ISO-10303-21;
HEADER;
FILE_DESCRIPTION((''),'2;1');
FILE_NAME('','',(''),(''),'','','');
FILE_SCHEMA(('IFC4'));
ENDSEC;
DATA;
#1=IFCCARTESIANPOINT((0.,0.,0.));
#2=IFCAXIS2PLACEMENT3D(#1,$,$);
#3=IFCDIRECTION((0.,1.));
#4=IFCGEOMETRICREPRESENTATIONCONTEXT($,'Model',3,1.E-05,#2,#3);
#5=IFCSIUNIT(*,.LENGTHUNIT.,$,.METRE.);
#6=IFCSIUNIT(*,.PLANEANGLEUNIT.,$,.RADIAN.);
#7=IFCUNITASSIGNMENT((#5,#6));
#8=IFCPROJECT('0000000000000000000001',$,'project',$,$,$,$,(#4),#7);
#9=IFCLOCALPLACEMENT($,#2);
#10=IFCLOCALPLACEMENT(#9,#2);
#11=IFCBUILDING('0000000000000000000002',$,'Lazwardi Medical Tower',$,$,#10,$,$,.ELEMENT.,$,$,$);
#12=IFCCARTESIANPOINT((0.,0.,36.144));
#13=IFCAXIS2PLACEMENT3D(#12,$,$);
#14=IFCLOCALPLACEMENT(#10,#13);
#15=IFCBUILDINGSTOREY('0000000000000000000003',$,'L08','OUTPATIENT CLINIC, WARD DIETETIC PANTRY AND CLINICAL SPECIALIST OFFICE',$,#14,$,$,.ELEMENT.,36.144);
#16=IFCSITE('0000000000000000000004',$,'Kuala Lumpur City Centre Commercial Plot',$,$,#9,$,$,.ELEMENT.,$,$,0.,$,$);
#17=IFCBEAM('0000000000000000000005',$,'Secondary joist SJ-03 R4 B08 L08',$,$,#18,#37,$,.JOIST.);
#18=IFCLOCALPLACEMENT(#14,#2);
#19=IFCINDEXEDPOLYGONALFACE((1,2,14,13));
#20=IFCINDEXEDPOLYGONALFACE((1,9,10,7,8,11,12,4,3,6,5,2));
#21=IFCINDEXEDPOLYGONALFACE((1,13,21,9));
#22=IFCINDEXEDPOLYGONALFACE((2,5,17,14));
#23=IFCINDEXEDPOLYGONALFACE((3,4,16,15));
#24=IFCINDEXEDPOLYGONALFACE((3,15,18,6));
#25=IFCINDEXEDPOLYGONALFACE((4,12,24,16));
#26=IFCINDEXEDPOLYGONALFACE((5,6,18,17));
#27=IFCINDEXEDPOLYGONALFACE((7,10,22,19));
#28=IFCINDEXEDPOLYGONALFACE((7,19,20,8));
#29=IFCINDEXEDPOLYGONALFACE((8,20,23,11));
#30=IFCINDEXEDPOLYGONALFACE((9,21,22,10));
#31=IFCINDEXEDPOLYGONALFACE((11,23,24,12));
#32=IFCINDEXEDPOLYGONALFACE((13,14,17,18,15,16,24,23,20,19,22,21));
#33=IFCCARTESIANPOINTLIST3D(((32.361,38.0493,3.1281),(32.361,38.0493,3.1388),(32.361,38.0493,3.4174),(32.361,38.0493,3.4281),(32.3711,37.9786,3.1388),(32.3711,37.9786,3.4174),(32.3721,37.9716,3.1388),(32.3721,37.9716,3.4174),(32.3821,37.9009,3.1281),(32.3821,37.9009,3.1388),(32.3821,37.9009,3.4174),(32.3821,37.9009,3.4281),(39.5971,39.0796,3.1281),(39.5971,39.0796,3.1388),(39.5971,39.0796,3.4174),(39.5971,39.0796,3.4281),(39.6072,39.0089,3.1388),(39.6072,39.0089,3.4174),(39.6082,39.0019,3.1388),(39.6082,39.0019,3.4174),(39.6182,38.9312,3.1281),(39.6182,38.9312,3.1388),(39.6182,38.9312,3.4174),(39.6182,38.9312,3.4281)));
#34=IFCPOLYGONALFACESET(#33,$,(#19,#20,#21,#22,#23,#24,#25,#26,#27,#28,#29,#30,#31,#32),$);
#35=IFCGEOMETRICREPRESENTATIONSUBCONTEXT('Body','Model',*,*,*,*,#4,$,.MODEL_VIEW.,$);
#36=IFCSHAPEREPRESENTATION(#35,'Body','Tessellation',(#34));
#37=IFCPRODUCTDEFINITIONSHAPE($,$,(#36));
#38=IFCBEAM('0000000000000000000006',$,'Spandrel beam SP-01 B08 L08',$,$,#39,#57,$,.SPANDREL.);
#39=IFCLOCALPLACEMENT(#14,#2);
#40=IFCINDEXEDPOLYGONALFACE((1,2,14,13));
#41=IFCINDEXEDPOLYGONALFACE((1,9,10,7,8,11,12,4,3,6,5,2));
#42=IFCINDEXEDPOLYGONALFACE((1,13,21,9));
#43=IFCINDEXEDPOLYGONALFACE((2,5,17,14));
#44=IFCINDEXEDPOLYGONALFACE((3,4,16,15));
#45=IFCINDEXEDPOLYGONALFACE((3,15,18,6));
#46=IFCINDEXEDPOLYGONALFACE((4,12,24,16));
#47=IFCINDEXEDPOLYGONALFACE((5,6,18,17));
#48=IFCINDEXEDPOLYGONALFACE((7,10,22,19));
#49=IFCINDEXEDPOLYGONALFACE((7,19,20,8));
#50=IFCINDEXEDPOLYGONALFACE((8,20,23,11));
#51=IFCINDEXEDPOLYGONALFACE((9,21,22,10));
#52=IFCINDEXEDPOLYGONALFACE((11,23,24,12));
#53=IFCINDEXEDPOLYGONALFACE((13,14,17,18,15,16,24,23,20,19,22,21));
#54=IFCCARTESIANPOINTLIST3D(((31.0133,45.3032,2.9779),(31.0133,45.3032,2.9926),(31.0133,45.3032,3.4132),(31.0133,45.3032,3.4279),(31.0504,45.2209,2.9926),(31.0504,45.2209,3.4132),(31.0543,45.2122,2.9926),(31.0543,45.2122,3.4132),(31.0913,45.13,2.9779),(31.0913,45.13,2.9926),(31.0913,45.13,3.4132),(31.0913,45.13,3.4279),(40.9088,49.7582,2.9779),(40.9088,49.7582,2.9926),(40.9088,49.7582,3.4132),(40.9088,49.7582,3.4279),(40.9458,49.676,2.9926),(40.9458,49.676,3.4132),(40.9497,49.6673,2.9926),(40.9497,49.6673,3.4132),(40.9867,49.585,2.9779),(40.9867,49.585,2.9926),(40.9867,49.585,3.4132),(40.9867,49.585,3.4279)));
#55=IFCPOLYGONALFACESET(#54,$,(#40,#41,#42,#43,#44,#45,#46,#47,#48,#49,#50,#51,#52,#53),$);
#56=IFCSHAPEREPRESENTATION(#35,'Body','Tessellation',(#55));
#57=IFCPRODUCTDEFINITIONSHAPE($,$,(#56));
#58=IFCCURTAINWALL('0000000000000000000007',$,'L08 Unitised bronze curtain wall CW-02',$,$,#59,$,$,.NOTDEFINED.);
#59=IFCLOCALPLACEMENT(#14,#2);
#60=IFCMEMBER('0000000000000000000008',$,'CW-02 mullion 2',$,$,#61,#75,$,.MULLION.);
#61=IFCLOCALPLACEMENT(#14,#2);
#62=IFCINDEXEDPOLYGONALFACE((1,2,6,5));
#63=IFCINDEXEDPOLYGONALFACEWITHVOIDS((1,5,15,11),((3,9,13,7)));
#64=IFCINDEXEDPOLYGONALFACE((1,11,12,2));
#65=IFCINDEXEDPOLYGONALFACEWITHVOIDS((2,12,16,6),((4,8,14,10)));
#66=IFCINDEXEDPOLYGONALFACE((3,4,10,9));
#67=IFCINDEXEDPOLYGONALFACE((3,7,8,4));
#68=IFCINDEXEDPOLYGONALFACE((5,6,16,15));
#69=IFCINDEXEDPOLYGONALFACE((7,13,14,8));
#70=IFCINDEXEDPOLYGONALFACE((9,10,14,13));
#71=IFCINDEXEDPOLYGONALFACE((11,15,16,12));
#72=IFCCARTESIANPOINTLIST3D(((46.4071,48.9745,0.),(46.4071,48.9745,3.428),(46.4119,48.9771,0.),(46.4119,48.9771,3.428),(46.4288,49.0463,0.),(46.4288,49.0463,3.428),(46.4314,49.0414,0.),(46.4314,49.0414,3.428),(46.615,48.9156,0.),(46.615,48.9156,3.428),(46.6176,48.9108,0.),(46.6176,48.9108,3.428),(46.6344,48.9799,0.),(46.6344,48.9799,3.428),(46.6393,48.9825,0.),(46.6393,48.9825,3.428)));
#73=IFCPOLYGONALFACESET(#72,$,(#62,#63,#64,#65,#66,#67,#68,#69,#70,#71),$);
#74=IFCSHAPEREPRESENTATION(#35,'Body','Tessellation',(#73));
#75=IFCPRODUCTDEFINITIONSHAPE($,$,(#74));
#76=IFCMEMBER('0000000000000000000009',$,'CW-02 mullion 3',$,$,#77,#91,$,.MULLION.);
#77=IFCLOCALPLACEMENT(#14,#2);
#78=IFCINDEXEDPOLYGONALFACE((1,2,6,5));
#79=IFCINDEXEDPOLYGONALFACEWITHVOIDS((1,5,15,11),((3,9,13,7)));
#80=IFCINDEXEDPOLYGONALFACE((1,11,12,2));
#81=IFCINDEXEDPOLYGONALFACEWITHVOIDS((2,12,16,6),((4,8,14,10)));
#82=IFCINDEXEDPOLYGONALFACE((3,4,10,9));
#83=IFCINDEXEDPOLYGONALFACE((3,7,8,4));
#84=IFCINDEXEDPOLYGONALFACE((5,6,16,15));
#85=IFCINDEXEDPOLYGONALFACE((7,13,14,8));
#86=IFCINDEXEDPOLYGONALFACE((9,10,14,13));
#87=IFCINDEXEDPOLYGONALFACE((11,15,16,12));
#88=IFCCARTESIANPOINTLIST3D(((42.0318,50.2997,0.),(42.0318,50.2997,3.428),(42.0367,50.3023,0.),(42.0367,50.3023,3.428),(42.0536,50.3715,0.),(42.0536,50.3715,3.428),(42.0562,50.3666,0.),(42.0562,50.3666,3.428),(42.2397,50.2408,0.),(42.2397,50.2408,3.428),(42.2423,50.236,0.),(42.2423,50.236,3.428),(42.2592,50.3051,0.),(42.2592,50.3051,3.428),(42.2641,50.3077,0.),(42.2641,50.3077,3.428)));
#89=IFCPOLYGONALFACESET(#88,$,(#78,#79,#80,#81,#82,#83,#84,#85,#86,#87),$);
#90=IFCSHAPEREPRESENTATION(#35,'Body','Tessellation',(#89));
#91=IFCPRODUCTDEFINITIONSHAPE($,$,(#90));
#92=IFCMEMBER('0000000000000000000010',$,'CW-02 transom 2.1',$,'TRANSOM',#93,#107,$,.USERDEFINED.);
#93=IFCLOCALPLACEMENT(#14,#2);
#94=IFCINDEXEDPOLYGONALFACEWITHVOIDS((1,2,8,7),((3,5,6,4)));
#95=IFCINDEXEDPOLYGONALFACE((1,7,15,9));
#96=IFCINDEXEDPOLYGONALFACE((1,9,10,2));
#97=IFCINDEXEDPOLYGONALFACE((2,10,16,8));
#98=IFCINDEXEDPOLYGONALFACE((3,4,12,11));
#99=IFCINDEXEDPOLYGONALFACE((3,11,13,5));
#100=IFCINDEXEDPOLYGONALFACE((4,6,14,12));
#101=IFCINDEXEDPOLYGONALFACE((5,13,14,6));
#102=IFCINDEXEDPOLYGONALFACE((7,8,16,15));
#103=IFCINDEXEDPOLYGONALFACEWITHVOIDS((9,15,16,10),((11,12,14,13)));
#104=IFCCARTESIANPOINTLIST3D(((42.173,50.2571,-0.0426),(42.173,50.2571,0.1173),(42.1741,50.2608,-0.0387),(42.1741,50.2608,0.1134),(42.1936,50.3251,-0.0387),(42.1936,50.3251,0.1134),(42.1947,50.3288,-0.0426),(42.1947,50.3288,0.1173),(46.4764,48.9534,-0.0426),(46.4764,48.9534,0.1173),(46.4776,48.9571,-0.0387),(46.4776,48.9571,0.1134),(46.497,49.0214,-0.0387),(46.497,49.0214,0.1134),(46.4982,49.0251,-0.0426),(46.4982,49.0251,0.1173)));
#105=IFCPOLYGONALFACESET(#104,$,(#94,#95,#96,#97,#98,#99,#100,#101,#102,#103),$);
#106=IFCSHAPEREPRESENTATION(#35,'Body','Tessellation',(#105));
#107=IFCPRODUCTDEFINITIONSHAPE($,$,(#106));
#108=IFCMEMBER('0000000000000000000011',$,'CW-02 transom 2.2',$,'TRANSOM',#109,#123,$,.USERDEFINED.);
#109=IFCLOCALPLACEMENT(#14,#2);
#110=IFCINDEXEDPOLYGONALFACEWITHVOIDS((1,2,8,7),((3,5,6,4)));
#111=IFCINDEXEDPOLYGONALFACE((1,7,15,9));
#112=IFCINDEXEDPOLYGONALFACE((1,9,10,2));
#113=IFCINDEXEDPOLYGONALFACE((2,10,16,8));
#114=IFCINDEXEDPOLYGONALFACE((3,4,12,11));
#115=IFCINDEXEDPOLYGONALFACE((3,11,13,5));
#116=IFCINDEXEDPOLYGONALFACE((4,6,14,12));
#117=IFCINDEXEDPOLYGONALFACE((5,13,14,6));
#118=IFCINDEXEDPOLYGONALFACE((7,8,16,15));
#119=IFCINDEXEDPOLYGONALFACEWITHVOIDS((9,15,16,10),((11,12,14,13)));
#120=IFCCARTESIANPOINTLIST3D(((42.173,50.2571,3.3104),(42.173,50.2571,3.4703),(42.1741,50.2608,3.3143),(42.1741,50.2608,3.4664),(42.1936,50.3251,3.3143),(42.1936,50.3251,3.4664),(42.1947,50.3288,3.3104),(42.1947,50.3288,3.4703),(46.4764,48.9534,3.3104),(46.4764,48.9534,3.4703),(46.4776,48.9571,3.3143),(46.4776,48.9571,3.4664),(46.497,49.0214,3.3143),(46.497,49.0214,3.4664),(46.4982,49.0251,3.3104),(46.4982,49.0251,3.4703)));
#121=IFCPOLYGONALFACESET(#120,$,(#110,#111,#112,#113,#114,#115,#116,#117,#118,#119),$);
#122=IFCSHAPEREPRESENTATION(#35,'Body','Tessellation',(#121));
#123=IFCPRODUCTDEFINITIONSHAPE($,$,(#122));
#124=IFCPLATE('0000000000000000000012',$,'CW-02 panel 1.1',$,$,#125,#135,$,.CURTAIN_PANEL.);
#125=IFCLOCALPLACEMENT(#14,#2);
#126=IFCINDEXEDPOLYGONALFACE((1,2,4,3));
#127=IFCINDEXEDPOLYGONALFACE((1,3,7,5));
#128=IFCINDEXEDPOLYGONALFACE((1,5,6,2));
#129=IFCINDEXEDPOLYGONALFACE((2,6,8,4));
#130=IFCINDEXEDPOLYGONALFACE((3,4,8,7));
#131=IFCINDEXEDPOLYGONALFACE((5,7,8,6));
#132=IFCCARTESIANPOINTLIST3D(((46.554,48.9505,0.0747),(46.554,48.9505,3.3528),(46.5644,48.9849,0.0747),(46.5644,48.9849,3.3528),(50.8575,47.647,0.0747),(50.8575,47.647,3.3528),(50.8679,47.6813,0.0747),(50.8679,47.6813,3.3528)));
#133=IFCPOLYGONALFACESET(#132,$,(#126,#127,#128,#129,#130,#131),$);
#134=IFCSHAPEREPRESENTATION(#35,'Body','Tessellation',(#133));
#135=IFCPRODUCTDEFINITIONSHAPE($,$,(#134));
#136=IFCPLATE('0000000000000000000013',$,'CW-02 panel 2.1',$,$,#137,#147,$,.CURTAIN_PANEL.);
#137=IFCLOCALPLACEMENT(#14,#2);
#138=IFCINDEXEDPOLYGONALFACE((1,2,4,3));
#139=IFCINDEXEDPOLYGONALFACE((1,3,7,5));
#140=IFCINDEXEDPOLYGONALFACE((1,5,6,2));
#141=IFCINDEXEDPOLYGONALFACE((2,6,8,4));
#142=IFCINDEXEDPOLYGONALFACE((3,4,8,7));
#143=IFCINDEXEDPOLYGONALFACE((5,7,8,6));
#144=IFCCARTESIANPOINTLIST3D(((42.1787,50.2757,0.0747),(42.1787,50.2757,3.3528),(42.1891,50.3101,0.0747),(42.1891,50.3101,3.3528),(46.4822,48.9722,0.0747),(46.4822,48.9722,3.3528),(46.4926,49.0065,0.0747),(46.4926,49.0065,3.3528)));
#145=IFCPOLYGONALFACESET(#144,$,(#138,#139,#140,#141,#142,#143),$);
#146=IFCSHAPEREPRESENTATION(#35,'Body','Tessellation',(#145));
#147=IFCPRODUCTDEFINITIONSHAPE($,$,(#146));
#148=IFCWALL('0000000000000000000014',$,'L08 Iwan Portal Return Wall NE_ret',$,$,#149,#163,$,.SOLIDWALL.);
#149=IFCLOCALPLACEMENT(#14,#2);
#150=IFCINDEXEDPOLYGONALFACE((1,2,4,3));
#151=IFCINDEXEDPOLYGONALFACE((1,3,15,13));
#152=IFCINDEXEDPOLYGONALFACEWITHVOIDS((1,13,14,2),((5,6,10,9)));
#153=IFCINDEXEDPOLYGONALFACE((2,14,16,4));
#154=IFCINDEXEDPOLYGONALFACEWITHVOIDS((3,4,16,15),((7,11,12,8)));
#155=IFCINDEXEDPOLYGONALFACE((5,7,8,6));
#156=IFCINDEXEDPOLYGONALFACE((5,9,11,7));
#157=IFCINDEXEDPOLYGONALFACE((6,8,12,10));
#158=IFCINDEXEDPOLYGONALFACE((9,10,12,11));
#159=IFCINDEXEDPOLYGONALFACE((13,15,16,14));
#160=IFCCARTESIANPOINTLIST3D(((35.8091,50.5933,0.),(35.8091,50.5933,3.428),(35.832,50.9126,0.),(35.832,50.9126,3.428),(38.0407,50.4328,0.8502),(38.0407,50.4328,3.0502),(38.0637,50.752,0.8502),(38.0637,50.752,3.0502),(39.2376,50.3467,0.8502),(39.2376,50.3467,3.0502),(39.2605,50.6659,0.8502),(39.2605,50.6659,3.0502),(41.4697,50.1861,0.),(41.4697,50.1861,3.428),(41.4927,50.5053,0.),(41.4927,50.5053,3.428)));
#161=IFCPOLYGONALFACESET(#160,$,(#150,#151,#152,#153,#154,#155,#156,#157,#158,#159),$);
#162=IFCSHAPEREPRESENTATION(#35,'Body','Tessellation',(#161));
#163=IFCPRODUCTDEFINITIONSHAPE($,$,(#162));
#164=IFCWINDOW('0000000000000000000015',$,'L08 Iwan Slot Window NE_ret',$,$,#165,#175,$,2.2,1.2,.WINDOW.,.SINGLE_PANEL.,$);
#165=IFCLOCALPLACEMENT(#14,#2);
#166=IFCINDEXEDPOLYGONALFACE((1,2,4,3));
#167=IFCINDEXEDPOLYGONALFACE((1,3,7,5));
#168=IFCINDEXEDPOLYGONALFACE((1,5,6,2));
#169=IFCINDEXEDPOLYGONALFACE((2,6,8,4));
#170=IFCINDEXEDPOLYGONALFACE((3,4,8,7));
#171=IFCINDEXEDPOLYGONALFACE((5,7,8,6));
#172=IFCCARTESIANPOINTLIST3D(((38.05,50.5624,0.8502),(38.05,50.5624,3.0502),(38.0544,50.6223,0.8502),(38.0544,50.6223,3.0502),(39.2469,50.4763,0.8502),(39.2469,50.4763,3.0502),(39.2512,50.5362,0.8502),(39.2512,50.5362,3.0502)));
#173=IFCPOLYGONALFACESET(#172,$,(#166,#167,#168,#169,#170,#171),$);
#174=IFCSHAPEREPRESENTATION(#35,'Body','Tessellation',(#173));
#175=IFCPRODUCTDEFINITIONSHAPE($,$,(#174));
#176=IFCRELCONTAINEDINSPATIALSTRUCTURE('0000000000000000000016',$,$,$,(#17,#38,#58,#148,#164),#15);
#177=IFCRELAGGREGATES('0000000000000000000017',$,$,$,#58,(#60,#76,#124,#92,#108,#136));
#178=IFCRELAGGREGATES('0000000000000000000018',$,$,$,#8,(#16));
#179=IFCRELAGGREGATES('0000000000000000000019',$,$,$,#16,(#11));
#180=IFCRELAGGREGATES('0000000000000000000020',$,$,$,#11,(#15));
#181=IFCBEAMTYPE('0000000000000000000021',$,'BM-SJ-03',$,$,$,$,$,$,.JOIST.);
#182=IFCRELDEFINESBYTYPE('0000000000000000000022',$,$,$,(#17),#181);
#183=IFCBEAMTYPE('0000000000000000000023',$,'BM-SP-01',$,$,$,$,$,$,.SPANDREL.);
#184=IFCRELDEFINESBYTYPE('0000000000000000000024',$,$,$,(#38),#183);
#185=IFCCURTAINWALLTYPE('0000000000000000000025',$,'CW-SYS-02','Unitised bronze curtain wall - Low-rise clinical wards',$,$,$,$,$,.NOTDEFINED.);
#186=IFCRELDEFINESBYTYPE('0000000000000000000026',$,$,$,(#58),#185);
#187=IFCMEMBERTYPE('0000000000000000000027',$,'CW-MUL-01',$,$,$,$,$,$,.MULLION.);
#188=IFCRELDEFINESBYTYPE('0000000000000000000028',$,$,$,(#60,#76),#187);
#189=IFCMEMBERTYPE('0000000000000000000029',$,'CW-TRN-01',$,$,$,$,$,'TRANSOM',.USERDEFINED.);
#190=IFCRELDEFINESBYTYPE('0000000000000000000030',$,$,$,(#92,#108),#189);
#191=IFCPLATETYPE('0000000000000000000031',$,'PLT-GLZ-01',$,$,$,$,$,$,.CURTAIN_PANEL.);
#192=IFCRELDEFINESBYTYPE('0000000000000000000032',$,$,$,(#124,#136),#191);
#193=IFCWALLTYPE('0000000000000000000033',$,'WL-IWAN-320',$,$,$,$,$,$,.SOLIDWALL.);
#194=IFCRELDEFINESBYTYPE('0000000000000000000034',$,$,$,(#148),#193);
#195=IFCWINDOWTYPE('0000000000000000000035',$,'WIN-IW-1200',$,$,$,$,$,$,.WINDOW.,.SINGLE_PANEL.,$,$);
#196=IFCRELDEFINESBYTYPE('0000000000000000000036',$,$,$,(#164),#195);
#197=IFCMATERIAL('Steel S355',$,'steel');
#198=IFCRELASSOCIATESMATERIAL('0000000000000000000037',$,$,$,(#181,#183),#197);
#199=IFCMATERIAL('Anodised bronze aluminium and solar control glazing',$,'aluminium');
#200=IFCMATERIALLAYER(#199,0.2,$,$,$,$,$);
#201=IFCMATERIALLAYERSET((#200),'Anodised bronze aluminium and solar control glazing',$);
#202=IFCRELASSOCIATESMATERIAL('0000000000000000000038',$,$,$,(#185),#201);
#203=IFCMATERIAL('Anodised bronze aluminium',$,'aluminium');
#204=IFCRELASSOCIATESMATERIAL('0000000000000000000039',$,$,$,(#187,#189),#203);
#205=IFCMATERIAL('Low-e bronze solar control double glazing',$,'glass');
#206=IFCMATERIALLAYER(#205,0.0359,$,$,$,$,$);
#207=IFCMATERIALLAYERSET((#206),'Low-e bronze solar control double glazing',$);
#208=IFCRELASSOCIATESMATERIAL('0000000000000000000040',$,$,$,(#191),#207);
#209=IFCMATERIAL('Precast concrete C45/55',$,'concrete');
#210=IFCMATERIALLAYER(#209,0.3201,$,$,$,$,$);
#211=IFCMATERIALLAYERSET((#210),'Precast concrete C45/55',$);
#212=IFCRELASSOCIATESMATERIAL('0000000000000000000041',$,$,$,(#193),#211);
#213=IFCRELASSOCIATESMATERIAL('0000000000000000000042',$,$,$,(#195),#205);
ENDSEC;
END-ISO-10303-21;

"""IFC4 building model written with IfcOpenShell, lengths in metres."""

from ifc_helpers import new_model, si_unit, direction, frame, frame_2d, origin, origin_2d, place, context, subcontext, project, spatial, rectangle, hollow_rectangle, i_section, extrude, material, layer, layer_set, material_profile, profile_set, type_object, element, fill, aggregate, save


model = new_model("IFC4")

# Units and contexts
model_context = context("Model", 3, precision=1e-05, world=origin(), true_north=direction((0.0, 1.0)))
body_context = subcontext(model_context, "Body", "Model", "MODEL_VIEW")
ifc_project = project(units=[si_unit("LENGTHUNIT", "METRE"), si_unit("PLANEANGLEUNIT", "RADIAN")], contexts=[model_context])

# Site, building, storey
site_placement = place(None, origin())
site = spatial("IfcSite", under=ifc_project, at=site_placement, Name="Kuala Lumpur City Centre Commercial Plot", CompositionType="ELEMENT", RefElevation=0.0)
building_placement = place(site_placement, origin())
building = spatial("IfcBuilding", under=site, at=building_placement, Name="Lazwardi Medical Tower", CompositionType="ELEMENT")
storey_placement = place(building_placement, frame((0.0, 0.0, 36.144)))
storey = spatial("IfcBuildingStorey", under=building, at=storey_placement, Name="L08", Description="OUTPATIENT CLINIC, WARD DIETETIC PANTRY AND CLINICAL SPECIALIST OFFICE", CompositionType="ELEMENT", Elevation=36.144)

# Beams
ifc_material_1 = material(Name="Steel S355", Category="steel")
ifc_material_profile_1 = material_profile(ifc_material_1, i_section(OverallWidth=0.1499, OverallDepth=0.3, WebThickness=0.0071, FlangeThickness=0.0107, at=origin_2d()), Name="IPE 300")
ifc_profile_set_1 = profile_set([ifc_material_profile_1], Name="Steel S355")
beam_type_1 = type_object("IfcBeamType", Name="BM-SJ-03", PredefinedType="JOIST", material=ifc_profile_set_1)
beam_1_placement = place(storey_placement, frame((39.6077, 39.0054, 3.2781), z_axis=(-0.990016, -0.140958, 0.0), x_axis=(0.140958, -0.990016, 0.0)))
element("IfcBeam", 1, at=beam_1_placement, inside=storey, type_object=beam_type_1, Name="Secondary joist SJ-03 R4 B08 L08", PredefinedType="JOIST", context=body_context, shape_type="SweptSolid", body=[
    extrude(i_section(OverallWidth=0.1499, OverallDepth=0.3, WebThickness=0.0071, FlangeThickness=0.0107, at=origin_2d()), origin(), (0.0, 0.0, 1.0), 7.3091),
])
ifc_material_profile_2 = material_profile(ifc_material_1, i_section(OverallWidth=0.1899, OverallDepth=0.45, WebThickness=0.0095, FlangeThickness=0.0146, at=origin_2d()), Name="IPE 450")
ifc_profile_set_2 = profile_set([ifc_material_profile_2], Name="Steel S355")
beam_type_2 = type_object("IfcBeamType", Name="BM-SP-01", PredefinedType="SPANDREL", material=ifc_profile_set_2)
beam_2_placement = place(storey_placement, frame((40.9478, 49.6716, 3.2029), z_axis=(-0.911849, -0.410526, 0.0), x_axis=(0.410526, -0.911849, 0.0)))
element("IfcBeam", 2, at=beam_2_placement, inside=storey, type_object=beam_type_2, Name="Spandrel beam SP-01 B08 L08", PredefinedType="SPANDREL", context=body_context, shape_type="SweptSolid", body=[
    extrude(i_section(OverallWidth=0.1899, OverallDepth=0.45, WebThickness=0.0095, FlangeThickness=0.0146, at=origin_2d()), origin(), (0.0, 0.0, 1.0), 10.8521),
])

# Curtain wall, members, plates
ifc_material_2 = material(Name="Anodised bronze aluminium and solar control glazing", Category="aluminium")
ifc_layer_1 = layer(ifc_material_2, 0.2)
ifc_layer_set_1 = layer_set([ifc_layer_1], Name="Anodised bronze aluminium and solar control glazing")
curtain_wall_type = type_object("IfcCurtainWallType", Name="CW-SYS-02", Description="Unitised bronze curtain wall - Low-rise clinical wards", PredefinedType="NOTDEFINED", material=ifc_layer_set_1)
curtain_wall_placement = place(storey_placement, origin())
curtain_wall = element("IfcCurtainWall", 3, at=curtain_wall_placement, inside=storey, type_object=curtain_wall_type, Name="L08 Unitised bronze curtain wall CW-02", PredefinedType="NOTDEFINED")
ifc_material_3 = material(Name="Anodised bronze aluminium", Category="aluminium")
ifc_material_profile_3 = material_profile(ifc_material_3, hollow_rectangle(XDim=0.075, YDim=0.22, WallThickness=0.0039, at=origin_2d()), Name="ALU-MULLION 220x75x4")
ifc_profile_set_3 = profile_set([ifc_material_profile_3], Name="Anodised bronze aluminium")
member_type_1 = type_object("IfcMemberType", Name="CW-MUL-01", PredefinedType="MULLION", material=ifc_profile_set_3)
member_1_placement = place(storey_placement, frame((46.5232, 48.9785, 0.0), z_axis=(0.0, 0.0, 1.0), x_axis=(-0.289896, -0.957058, 0.0)))
member_1 = element("IfcMember", 4, at=member_1_placement, type_object=member_type_1, Name="CW-02 mullion 2", PredefinedType="MULLION", context=body_context, shape_type="SweptSolid", body=[
    extrude(hollow_rectangle(XDim=0.075, YDim=0.22, WallThickness=0.0039, at=origin_2d()), origin(), (0.0, 0.0, 1.0), 3.428),
])
member_2_placement = place(storey_placement, frame((42.1479, 50.3037, 0.0), z_axis=(0.0, 0.0, 1.0), x_axis=(-0.289896, -0.957058, 0.0)))
member_2 = element("IfcMember", 5, at=member_2_placement, type_object=member_type_1, Name="CW-02 mullion 3", PredefinedType="MULLION", context=body_context, shape_type="SweptSolid", body=[
    extrude(hollow_rectangle(XDim=0.075, YDim=0.22, WallThickness=0.0039, at=origin_2d()), origin(), (0.0, 0.0, 1.0), 3.428),
])
ifc_material_profile_4 = material_profile(ifc_material_3, hollow_rectangle(XDim=0.075, YDim=0.1599, WallThickness=0.0039, at=origin_2d()), Name="ALU-TRANSOM 160x75x4")
ifc_profile_set_4 = profile_set([ifc_material_profile_4], Name="Anodised bronze aluminium")
member_type_2 = type_object("IfcMemberType", Name="CW-TRN-01", ElementType="TRANSOM", PredefinedType="USERDEFINED", material=ifc_profile_set_4)
member_3_placement = place(storey_placement, frame((46.4873, 48.9893, 0.0374), z_axis=(-0.957047, 0.289932, 0.0), x_axis=(-0.289932, -0.957047, 0.0)))
member_3 = element("IfcMember", 6, at=member_3_placement, type_object=member_type_2, Name="CW-02 transom 2.1", ObjectType="TRANSOM", PredefinedType="USERDEFINED", context=body_context, shape_type="SweptSolid", body=[
    extrude(hollow_rectangle(XDim=0.075, YDim=0.1599, WallThickness=0.0039, at=origin_2d()), origin(), (0.0, 0.0, 1.0), 4.4966),
])
member_4_placement = place(storey_placement, frame((46.4873, 48.9893, 3.3904), z_axis=(-0.957047, 0.289932, 0.0), x_axis=(-0.289932, -0.957047, 0.0)))
member_4 = element("IfcMember", 7, at=member_4_placement, type_object=member_type_2, Name="CW-02 transom 2.2", ObjectType="TRANSOM", PredefinedType="USERDEFINED", context=body_context, shape_type="SweptSolid", body=[
    extrude(hollow_rectangle(XDim=0.075, YDim=0.1599, WallThickness=0.0039, at=origin_2d()), origin(), (0.0, 0.0, 1.0), 4.4966),
])
ifc_material_4 = material(Name="Low-e bronze solar control double glazing", Category="glass")
ifc_layer_2 = layer(ifc_material_4, 0.0359)
ifc_layer_set_2 = layer_set([ifc_layer_2], Name="Low-e bronze solar control double glazing")
plate_type = type_object("IfcPlateType", Name="PLT-GLZ-01", PredefinedType="CURTAIN_PANEL", material=ifc_layer_set_2)
plate_1_placement = place(storey_placement, frame((48.7109, 48.3159, 0.0747), z_axis=(0.0, 0.0, 1.0), x_axis=(-0.957058, 0.289896, 0.0)))
plate_1 = element("IfcPlate", 8, at=plate_1_placement, type_object=plate_type, Name="CW-02 panel 1.1", PredefinedType="CURTAIN_PANEL", context=body_context, shape_type="SweptSolid", body=[
    extrude(rectangle(XDim=4.4966, YDim=0.0359, at=origin_2d()), origin(), (0.0, 0.0, 1.0), 3.2781),
])
plate_2_placement = place(storey_placement, frame((44.3357, 49.6411, 0.0747), z_axis=(0.0, 0.0, 1.0), x_axis=(-0.957058, 0.289896, 0.0)))
plate_2 = element("IfcPlate", 9, at=plate_2_placement, type_object=plate_type, Name="CW-02 panel 2.1", PredefinedType="CURTAIN_PANEL", context=body_context, shape_type="SweptSolid", body=[
    extrude(rectangle(XDim=4.4966, YDim=0.0359, at=origin_2d()), origin(), (0.0, 0.0, 1.0), 3.2781),
])
aggregate(curtain_wall, [member_1, member_2, plate_1, member_3, member_4, plate_2])

# Wall, opening, window
ifc_material_5 = material(Name="Precast concrete C45/55", Category="concrete")
ifc_layer_3 = layer(ifc_material_5, 0.3201)
ifc_layer_set_3 = layer_set([ifc_layer_3], Name="Precast concrete C45/55")
wall_type_1 = type_object("IfcWallType", Name="WL-IWAN-320", PredefinedType="SOLIDWALL", material=ifc_layer_set_3)
wall_1_placement = place(storey_placement, frame((41.4812, 50.3457, 0.0), z_axis=(0.0, 0.0, 1.0), x_axis=(-0.997422, 0.071755, 0.0)))
wall_1 = element("IfcWall", 10, at=wall_1_placement, inside=storey, type_object=wall_type_1, Name="L08 Iwan Portal Return Wall NE_ret", PredefinedType="SOLIDWALL", context=body_context, shape_type="SweptSolid", body=[
    extrude(rectangle(XDim=5.6753, YDim=0.3201, at=frame_2d((2.8376, 0.0))), origin(), (0.0, 0.0, 1.0), 3.428),
])
opening_1_placement = place(wall_1_placement, frame((2.2378, 0.0, 0.8501)))
opening_1 = element("IfcOpeningElement", 11, at=opening_1_placement, cuts=wall_1, PredefinedType="OPENING", context=body_context, shape_type="SweptSolid", body=[
    extrude(rectangle(XDim=1.2, YDim=2.2, at=frame_2d((0.6001, 1.1001))), frame((0.0, 0.1699, 0.0), z_axis=(0.0, -1.0, 0.0), x_axis=(1.0, 0.0, 0.0)), (0.0, 0.0, 1.0), 0.3401),
])
window_type_1 = type_object("IfcWindowType", Name="WIN-IW-1200", PartitioningType="SINGLE_PANEL", PredefinedType="WINDOW", material=ifc_material_4)
window_1_placement = place(opening_1_placement, origin())
window_1 = element("IfcWindow", 12, at=window_1_placement, inside=storey, type_object=window_type_1, Name="L08 Iwan Slot Window NE_ret", OverallHeight=2.2, OverallWidth=1.2, PartitioningType="SINGLE_PANEL", PredefinedType="WINDOW", context=body_context, shape_type="SweptSolid", body=[
    extrude(rectangle(XDim=1.2, YDim=2.2, at=frame_2d((0.6001, 1.1001))), frame((0.0, 0.03, 0.0), z_axis=(0.0, -1.0, 0.0), x_axis=(1.0, 0.0, 0.0)), (0.0, 0.0, 1.0), 0.0601),
])
fill(opening_1, window_1)

save(model, "model.ifc")
